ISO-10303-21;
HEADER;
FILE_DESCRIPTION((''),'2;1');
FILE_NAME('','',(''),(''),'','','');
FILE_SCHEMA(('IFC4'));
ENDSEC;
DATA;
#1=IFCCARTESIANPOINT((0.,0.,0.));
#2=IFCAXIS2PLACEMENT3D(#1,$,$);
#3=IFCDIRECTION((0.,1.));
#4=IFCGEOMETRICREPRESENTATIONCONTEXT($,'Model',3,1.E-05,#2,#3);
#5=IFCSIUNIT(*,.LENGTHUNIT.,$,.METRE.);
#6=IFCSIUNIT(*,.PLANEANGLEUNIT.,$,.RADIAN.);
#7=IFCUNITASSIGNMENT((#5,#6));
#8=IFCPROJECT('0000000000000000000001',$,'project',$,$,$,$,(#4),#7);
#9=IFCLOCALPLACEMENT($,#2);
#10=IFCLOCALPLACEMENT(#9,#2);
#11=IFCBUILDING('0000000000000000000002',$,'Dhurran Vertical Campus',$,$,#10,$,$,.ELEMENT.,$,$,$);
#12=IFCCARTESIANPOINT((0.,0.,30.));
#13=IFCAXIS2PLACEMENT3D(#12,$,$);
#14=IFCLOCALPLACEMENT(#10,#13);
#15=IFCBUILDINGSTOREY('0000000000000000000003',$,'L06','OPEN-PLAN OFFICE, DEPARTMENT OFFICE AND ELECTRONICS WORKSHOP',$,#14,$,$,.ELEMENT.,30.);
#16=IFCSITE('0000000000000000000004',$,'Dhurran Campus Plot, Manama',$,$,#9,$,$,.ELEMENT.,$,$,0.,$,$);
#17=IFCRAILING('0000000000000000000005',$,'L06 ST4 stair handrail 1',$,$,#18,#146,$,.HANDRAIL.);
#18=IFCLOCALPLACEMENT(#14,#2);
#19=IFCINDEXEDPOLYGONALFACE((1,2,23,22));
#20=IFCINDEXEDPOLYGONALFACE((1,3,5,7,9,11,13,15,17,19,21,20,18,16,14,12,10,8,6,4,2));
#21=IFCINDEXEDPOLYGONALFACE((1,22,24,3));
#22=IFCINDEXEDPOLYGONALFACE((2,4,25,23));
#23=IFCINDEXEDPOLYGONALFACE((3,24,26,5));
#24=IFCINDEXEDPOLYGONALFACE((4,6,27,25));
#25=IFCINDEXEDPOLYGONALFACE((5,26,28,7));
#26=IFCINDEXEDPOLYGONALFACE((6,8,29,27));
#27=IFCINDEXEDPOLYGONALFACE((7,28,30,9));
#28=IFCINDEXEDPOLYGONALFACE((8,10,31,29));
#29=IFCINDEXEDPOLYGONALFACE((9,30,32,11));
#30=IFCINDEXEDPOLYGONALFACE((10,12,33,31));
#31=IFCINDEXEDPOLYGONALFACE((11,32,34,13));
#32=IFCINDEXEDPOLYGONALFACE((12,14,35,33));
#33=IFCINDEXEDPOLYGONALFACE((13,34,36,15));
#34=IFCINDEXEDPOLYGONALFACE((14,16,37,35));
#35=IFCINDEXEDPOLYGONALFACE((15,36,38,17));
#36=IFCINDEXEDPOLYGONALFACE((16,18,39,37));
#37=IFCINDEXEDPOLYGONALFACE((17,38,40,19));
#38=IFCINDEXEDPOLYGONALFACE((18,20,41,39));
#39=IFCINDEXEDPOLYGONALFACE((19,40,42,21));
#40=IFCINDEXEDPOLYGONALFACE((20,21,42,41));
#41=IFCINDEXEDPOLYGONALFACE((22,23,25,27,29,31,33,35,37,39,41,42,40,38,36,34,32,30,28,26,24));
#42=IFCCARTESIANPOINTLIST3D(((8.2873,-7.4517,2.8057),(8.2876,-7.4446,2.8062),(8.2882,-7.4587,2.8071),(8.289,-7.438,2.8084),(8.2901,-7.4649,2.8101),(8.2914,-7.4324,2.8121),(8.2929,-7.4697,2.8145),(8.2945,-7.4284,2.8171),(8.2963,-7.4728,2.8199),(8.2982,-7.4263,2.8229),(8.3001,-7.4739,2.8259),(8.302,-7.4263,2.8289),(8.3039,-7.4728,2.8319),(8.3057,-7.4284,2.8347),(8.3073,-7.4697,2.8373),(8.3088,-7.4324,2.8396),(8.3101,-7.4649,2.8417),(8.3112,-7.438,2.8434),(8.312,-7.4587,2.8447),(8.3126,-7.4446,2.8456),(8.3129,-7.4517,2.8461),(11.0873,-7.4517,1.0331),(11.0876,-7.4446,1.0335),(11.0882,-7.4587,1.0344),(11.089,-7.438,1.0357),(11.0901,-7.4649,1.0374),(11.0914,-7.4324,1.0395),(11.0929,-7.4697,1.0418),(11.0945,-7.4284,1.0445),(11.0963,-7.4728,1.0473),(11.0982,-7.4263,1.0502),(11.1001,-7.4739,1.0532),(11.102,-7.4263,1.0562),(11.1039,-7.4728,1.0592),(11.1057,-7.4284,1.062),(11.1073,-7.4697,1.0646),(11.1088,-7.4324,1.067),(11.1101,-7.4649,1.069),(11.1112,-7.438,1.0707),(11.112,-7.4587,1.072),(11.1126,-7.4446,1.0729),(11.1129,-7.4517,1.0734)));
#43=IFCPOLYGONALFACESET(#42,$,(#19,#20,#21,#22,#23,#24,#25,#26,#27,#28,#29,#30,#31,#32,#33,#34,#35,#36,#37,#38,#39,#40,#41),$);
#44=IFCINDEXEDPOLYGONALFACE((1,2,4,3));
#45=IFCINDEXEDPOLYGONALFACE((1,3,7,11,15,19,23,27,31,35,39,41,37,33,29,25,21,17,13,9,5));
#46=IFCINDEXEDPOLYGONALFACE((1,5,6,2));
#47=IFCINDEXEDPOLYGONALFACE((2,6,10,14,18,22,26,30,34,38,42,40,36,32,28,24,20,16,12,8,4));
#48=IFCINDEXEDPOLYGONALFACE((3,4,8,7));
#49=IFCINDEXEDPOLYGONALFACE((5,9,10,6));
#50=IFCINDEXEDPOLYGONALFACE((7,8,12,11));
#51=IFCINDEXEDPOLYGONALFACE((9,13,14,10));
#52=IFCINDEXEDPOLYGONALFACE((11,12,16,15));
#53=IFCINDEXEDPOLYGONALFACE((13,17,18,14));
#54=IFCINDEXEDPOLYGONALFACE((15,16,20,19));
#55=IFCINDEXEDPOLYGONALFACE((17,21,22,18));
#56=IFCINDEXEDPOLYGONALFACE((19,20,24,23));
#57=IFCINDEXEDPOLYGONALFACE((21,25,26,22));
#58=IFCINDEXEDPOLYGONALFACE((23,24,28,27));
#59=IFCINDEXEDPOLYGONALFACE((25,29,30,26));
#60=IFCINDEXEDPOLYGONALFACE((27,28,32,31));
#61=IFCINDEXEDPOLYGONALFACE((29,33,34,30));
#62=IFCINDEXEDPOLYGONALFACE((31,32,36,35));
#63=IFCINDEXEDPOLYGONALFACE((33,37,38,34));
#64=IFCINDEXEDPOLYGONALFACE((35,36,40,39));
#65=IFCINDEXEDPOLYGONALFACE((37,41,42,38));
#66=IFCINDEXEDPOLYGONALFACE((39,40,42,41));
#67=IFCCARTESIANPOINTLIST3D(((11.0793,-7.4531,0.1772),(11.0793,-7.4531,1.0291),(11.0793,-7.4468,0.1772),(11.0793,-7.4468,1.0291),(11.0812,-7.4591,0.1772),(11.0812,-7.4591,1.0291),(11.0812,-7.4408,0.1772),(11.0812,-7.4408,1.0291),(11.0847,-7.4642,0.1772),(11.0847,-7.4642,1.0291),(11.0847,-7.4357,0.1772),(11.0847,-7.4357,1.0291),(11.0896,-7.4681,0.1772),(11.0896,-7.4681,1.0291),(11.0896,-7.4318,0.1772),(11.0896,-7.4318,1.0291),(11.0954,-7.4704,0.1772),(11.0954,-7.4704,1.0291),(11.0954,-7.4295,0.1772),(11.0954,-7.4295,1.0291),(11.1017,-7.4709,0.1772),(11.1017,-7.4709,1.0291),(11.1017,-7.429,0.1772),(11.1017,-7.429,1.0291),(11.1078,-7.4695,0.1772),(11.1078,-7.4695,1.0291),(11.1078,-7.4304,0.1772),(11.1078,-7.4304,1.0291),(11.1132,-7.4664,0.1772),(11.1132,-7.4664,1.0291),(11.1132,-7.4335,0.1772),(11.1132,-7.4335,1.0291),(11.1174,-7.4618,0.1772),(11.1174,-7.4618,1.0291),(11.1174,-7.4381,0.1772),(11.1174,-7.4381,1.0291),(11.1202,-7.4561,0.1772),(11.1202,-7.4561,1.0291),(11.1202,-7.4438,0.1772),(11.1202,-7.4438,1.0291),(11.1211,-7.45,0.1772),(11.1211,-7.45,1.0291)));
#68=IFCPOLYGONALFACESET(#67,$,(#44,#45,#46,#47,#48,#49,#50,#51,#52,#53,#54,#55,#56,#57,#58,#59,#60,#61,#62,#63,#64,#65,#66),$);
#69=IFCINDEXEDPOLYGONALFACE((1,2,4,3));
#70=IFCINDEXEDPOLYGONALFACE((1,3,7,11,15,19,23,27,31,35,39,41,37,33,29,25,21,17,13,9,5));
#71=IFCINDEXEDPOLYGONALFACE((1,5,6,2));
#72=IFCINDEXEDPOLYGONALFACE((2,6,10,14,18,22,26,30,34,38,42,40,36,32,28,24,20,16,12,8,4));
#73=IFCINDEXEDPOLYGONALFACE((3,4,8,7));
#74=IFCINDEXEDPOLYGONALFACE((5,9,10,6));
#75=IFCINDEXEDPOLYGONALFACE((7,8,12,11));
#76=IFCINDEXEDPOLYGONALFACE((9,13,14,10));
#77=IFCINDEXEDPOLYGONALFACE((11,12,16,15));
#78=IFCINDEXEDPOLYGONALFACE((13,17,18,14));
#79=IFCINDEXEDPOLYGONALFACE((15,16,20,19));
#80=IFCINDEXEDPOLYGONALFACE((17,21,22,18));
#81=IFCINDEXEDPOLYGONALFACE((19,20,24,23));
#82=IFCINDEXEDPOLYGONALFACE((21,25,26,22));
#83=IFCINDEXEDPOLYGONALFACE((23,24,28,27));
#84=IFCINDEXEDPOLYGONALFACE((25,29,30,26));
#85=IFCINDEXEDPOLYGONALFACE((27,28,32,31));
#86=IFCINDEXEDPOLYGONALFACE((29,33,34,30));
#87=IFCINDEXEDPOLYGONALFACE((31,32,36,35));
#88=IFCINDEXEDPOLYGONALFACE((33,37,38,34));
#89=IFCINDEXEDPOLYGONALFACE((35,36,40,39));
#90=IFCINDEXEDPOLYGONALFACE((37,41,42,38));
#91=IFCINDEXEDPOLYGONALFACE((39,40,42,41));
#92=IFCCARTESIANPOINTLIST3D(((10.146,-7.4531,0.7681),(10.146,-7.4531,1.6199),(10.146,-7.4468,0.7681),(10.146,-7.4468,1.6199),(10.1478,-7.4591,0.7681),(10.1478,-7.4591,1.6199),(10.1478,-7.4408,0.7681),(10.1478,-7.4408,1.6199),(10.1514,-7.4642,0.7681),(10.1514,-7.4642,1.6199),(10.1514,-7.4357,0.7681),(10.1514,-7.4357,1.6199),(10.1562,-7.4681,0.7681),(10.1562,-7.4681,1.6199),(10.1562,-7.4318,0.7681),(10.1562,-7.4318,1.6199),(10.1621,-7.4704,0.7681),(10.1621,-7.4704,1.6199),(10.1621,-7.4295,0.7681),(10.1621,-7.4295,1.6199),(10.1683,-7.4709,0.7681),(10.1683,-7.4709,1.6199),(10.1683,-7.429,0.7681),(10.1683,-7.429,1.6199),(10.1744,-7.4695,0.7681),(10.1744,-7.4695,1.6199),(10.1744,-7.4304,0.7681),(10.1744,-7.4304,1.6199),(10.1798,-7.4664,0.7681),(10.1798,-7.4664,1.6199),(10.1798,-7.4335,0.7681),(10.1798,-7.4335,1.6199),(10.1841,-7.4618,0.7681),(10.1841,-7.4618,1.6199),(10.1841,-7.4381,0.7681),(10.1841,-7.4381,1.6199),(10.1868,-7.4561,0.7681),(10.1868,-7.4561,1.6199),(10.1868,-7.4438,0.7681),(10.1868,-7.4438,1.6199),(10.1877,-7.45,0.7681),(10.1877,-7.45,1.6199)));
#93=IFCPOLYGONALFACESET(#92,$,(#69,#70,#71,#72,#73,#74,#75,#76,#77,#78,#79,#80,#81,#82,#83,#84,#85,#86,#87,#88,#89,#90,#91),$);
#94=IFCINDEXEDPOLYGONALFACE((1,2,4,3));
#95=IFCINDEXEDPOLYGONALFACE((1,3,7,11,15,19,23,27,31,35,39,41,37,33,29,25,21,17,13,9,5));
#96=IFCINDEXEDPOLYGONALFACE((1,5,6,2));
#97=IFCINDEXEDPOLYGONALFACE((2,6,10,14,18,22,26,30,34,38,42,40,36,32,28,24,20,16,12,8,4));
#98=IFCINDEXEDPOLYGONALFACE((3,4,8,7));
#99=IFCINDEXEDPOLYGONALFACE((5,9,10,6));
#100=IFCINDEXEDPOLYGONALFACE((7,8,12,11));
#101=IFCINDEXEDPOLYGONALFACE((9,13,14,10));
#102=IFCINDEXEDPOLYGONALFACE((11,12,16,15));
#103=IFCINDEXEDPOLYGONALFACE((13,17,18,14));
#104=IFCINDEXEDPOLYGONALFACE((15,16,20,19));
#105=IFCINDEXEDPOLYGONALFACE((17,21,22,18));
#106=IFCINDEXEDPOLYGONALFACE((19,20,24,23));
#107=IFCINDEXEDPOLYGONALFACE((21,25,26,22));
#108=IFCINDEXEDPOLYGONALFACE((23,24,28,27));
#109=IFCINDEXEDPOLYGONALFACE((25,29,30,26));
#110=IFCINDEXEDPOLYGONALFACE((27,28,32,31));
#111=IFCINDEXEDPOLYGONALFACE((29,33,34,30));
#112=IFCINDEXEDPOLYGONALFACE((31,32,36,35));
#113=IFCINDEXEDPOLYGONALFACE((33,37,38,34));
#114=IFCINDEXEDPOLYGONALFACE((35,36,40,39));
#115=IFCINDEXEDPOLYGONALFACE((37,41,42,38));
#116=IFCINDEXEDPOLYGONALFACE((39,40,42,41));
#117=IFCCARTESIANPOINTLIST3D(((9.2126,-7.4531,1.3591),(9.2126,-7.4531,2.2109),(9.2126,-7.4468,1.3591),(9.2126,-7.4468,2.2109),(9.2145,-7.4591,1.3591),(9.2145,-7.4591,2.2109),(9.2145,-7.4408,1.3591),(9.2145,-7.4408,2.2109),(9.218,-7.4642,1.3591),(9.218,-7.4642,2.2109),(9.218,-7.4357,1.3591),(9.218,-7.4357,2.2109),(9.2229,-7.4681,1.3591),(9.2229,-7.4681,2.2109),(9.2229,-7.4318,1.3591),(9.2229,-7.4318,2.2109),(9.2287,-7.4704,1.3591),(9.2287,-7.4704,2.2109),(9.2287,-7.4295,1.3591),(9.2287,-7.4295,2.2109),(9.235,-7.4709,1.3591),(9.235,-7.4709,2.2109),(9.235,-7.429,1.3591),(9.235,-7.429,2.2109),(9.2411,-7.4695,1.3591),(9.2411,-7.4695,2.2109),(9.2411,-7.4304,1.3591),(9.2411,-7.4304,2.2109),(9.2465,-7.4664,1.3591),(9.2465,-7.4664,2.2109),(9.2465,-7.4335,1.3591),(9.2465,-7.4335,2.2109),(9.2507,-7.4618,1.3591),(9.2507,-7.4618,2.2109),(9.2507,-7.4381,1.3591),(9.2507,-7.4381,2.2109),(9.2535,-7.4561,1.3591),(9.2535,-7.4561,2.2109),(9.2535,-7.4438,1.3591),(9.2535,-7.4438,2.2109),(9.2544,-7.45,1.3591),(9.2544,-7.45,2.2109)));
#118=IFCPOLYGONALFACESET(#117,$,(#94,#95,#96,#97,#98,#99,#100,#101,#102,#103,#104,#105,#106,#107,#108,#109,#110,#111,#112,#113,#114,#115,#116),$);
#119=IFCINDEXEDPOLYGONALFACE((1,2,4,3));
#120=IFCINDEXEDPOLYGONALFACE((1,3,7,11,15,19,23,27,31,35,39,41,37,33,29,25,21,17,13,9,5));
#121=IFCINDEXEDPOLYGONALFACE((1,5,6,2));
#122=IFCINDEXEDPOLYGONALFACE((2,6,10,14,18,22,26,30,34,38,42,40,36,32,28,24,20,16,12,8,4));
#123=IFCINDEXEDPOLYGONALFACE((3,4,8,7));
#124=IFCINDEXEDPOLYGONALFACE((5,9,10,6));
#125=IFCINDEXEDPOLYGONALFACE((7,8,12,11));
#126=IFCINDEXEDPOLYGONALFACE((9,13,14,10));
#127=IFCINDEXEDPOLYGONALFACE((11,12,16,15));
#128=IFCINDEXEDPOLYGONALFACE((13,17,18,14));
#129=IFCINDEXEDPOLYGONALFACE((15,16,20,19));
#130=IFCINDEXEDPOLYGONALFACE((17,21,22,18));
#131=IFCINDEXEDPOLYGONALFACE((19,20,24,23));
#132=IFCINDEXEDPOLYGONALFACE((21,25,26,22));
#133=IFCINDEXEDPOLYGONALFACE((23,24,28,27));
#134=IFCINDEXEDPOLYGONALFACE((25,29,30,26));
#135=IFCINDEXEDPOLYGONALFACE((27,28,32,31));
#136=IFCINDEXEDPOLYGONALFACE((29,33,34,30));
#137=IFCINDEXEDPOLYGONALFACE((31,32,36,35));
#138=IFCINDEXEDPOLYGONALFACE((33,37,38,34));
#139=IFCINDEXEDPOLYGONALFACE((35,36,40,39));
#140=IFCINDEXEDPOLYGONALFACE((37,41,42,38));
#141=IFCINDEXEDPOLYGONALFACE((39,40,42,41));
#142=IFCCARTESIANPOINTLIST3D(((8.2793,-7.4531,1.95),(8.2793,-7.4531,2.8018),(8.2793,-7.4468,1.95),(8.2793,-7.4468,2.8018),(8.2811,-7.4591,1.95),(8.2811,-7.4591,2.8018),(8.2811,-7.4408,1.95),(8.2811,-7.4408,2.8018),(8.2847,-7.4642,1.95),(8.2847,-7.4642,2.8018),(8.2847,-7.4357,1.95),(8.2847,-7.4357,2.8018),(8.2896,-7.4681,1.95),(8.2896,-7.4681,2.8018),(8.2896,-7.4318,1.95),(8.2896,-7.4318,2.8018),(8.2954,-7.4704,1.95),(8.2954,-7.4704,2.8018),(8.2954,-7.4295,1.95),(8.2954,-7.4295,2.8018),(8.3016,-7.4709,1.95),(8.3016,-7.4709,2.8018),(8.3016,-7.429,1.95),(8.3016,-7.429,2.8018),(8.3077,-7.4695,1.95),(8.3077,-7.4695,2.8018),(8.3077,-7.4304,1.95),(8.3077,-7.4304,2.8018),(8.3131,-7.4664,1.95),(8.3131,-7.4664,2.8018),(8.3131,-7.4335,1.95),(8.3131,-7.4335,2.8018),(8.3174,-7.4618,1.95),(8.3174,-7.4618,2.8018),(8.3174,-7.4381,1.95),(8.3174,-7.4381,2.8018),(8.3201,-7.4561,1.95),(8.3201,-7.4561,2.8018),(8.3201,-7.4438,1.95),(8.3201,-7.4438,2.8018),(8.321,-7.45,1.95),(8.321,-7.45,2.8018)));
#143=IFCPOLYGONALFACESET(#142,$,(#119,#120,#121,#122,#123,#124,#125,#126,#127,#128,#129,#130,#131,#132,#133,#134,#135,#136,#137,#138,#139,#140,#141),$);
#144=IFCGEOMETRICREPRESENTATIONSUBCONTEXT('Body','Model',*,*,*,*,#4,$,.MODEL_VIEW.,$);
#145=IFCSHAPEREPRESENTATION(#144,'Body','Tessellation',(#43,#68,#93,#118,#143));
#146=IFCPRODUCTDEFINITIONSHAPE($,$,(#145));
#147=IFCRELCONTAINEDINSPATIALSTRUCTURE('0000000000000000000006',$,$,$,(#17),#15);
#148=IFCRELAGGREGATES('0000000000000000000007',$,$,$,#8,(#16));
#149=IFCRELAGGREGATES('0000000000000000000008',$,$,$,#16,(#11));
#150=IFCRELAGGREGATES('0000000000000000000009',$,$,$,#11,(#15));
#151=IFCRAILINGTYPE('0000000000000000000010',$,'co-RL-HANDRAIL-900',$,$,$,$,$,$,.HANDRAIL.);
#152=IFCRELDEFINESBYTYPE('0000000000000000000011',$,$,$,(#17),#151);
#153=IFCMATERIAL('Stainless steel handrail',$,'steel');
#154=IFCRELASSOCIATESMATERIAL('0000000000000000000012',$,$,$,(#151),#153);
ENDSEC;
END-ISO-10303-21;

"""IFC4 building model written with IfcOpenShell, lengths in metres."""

from ifc_helpers import new_model, si_unit, direction, frame, origin, origin_2d, place, context, subcontext, project, spatial, circle, extrude, material, type_object, element, save


model = new_model("IFC4")

# Units and contexts
model_context = context("Model", 3, precision=1e-05, world=origin(), true_north=direction((0.0, 1.0)))
body_context = subcontext(model_context, "Body", "Model", "MODEL_VIEW")
ifc_project = project(units=[si_unit("LENGTHUNIT", "METRE"), si_unit("PLANEANGLEUNIT", "RADIAN")], contexts=[model_context])

# Site, building, storey
site_placement = place(None, origin())
site = spatial("IfcSite", under=ifc_project, at=site_placement, Name="Dhurran Campus Plot, Manama", CompositionType="ELEMENT", RefElevation=0.0)
building_placement = place(site_placement, origin())
building = spatial("IfcBuilding", under=site, at=building_placement, Name="Dhurran Vertical Campus", CompositionType="ELEMENT")
storey_placement = place(building_placement, frame((0.0, 0.0, 30.0)))
storey = spatial("IfcBuildingStorey", under=building, at=storey_placement, Name="L06", Description="OPEN-PLAN OFFICE, DEPARTMENT OFFICE AND ELECTRONICS WORKSHOP", CompositionType="ELEMENT", Elevation=30.0)

# Railing
ifc_material_1 = material(Name="Stainless steel handrail", Category="steel")
railing_type_1 = type_object("IfcRailingType", Name="co-RL-HANDRAIL-900", PredefinedType="HANDRAIL", material=ifc_material_1)
railing_1_placement = place(storey_placement, frame((11.1001, -7.45, 0.1772)))
element("IfcRailing", 1, at=railing_1_placement, inside=storey, type_object=railing_type_1, Name="L06 ST4 stair handrail 1", PredefinedType="HANDRAIL", context=body_context, shape_type="SweptSolid", body=[
    extrude(circle(Radius=0.0239, at=origin_2d()), frame((0.0, 0.0, 0.876), z_axis=(-0.844909, 0.0, 0.53491), x_axis=(0.0, -1.0, 0.0)), (0.0, 0.0, 1.0), 3.314),
    extrude(circle(Radius=0.021, at=origin_2d()), origin(), (0.0, 0.0, 1.0), 0.8518),
    extrude(circle(Radius=0.021, at=origin_2d()), frame((-0.9333, 0.0, 0.5908)), (0.0, 0.0, 1.0), 0.8518),
    extrude(circle(Radius=0.021, at=origin_2d()), frame((-1.8667, 0.0, 1.1819)), (0.0, 0.0, 1.0), 0.8518),
    extrude(circle(Radius=0.021, at=origin_2d()), frame((-2.8, 0.0, 1.7727)), (0.0, 0.0, 1.0), 0.8518),
])

save(model, "model.ifc")
